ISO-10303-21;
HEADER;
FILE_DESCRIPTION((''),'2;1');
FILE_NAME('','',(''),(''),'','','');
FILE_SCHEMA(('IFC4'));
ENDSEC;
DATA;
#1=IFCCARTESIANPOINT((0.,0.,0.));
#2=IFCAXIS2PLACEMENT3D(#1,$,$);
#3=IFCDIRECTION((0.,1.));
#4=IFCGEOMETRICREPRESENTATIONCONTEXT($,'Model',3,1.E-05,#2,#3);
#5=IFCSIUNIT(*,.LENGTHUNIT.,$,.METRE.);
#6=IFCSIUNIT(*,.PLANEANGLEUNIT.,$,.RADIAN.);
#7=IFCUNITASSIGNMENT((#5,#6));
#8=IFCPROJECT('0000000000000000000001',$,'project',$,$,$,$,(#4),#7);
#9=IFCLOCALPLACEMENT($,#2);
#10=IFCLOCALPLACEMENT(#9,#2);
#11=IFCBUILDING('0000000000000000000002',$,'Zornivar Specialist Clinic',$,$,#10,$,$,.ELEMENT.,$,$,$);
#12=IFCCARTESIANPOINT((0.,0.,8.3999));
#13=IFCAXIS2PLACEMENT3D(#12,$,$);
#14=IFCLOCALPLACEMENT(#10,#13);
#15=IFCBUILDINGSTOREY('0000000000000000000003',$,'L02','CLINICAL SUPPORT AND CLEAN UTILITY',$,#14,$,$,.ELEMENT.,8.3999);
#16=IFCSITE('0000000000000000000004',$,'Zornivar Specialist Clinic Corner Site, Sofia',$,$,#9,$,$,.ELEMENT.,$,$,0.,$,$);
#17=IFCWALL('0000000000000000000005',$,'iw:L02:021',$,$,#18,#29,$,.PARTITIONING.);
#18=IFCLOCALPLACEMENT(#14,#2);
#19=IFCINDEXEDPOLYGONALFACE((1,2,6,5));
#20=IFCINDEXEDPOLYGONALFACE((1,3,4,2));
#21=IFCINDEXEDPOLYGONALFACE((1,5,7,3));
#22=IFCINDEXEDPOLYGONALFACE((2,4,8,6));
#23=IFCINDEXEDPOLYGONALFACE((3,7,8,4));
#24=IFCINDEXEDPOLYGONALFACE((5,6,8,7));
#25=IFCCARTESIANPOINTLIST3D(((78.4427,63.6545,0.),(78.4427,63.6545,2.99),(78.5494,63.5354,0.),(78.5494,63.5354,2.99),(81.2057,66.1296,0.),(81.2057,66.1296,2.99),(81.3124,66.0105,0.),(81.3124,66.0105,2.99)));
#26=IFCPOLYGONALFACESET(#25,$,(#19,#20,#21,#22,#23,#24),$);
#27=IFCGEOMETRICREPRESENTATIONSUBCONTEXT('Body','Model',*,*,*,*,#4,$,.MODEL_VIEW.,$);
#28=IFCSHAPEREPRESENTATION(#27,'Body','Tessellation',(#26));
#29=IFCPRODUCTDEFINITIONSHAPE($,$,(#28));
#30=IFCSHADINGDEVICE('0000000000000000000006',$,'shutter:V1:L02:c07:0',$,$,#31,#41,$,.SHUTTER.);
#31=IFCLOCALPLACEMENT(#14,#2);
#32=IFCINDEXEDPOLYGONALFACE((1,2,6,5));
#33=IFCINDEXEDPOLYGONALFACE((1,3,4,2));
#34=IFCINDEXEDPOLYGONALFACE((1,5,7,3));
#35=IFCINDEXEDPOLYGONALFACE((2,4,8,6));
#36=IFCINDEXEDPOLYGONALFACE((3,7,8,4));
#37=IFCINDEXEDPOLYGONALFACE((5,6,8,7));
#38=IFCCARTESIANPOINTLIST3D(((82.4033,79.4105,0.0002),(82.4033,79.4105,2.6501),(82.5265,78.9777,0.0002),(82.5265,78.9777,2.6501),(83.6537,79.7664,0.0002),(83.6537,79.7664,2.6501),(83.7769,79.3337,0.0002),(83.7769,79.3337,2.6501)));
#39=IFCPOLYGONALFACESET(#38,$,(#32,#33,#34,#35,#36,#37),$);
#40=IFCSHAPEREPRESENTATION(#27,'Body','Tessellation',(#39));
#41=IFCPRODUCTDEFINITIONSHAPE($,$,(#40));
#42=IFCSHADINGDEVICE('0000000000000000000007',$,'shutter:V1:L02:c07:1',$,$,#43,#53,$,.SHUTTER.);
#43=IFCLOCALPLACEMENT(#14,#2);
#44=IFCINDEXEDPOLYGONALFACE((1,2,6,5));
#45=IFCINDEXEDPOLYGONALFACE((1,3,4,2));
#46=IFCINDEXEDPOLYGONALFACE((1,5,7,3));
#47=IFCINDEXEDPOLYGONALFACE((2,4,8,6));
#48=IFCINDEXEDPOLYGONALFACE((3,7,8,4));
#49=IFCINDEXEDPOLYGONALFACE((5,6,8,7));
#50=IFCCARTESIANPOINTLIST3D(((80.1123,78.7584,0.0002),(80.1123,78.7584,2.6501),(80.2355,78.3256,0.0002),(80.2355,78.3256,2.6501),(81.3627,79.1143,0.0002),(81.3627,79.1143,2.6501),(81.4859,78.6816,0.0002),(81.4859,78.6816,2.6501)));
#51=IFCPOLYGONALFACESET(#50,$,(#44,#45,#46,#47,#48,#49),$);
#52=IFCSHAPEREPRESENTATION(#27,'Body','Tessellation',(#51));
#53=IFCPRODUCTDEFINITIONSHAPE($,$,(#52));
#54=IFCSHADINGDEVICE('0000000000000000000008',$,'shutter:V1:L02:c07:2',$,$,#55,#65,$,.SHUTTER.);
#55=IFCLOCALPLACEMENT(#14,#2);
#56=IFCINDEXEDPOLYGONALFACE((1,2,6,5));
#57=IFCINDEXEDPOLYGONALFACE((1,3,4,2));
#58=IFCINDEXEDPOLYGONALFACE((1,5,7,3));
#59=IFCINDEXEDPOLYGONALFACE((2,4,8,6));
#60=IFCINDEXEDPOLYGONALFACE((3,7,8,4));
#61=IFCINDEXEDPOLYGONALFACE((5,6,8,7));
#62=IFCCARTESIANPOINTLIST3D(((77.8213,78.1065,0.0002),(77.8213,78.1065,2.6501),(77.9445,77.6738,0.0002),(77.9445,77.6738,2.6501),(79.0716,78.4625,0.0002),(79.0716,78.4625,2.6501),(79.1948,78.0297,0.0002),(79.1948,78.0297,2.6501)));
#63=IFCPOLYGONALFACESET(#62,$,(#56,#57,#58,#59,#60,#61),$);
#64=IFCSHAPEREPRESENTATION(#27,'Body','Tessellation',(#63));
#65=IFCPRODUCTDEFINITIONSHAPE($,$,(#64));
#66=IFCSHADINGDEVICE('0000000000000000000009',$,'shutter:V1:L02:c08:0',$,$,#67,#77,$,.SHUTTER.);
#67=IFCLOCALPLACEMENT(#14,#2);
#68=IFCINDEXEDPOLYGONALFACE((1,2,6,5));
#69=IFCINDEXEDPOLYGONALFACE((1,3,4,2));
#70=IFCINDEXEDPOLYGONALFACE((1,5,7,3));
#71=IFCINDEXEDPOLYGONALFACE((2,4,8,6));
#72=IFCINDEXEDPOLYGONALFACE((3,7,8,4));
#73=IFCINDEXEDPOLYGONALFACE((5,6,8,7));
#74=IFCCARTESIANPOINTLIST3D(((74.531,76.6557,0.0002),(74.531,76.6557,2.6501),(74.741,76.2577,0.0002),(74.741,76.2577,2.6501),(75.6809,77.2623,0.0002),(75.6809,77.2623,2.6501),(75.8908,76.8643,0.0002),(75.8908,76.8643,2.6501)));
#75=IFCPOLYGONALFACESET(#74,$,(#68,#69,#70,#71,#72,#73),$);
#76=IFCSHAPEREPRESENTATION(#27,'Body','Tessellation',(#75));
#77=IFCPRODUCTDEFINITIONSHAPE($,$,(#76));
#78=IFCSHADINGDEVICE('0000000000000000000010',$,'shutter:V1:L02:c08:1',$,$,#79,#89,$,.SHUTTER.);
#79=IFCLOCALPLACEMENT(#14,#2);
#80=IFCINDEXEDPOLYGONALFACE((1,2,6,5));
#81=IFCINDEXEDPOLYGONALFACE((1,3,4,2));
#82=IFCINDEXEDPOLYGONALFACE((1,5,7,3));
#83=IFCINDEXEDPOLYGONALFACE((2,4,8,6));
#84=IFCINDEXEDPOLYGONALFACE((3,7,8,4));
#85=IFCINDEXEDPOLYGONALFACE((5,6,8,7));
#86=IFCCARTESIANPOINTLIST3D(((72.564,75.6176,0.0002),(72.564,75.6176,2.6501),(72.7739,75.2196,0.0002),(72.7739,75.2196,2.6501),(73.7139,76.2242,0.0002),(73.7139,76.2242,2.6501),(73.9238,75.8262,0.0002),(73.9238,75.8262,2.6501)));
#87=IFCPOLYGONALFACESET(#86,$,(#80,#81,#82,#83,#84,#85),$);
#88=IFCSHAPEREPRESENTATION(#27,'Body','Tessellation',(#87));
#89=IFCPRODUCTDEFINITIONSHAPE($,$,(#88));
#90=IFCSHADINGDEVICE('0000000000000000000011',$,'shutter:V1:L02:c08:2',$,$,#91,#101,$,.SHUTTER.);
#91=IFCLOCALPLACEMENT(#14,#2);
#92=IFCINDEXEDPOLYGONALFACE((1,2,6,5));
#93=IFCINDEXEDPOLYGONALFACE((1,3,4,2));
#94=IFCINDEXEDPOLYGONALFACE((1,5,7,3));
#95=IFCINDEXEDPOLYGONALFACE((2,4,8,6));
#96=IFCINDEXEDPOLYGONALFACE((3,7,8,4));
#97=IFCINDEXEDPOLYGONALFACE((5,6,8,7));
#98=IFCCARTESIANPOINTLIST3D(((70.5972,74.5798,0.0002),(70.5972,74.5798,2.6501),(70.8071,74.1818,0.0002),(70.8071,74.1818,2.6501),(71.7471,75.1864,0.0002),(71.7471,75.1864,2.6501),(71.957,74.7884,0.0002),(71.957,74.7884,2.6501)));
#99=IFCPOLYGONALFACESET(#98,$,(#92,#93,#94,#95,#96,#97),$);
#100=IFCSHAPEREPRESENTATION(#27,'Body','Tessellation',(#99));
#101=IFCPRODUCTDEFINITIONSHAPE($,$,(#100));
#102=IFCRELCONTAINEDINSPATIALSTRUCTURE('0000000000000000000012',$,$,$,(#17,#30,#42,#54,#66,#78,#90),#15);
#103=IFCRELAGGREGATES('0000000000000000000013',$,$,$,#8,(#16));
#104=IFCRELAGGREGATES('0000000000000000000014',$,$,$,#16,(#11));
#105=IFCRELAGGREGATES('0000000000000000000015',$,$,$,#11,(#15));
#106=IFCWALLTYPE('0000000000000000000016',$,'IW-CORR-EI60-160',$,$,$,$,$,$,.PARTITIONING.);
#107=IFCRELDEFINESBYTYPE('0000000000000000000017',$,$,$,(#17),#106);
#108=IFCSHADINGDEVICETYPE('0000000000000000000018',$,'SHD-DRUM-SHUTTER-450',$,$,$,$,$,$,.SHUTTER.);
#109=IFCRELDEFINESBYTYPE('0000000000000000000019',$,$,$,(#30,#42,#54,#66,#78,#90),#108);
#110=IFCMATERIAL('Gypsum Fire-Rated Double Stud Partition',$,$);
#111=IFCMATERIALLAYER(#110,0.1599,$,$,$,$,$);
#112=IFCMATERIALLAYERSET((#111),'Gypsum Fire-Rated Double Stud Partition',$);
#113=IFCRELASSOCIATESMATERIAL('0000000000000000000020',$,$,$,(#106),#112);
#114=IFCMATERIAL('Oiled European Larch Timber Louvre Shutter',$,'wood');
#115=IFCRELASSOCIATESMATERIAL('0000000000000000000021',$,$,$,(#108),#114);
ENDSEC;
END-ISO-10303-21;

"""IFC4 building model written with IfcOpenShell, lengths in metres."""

from ifc_helpers import new_model, si_unit, direction, frame, frame_2d, origin, origin_2d, place, context, subcontext, project, spatial, rectangle, extrude, material, layer, layer_set, type_object, element, save


model = new_model("IFC4")

# Units and contexts
model_context = context("Model", 3, precision=1e-05, world=origin(), true_north=direction((0.0, 1.0)))
body_context = subcontext(model_context, "Body", "Model", "MODEL_VIEW")
ifc_project = project(units=[si_unit("LENGTHUNIT", "METRE"), si_unit("PLANEANGLEUNIT", "RADIAN")], contexts=[model_context])

# Site, building, storey
site_placement = place(None, origin())
site = spatial("IfcSite", under=ifc_project, at=site_placement, Name="Zornivar Specialist Clinic Corner Site, Sofia", CompositionType="ELEMENT", RefElevation=0.0)
building_placement = place(site_placement, origin())
building = spatial("IfcBuilding", under=site, at=building_placement, Name="Zornivar Specialist Clinic", CompositionType="ELEMENT")
storey_placement = place(building_placement, frame((0.0, 0.0, 8.3999)))
storey = spatial("IfcBuildingStorey", under=building, at=storey_placement, Name="L02", Description="CLINICAL SUPPORT AND CLEAN UTILITY", CompositionType="ELEMENT", Elevation=8.3999)

# Wall
ifc_material_1 = material(Name="Gypsum Fire-Rated Double Stud Partition")
ifc_layer_1 = layer(ifc_material_1, 0.1599)
ifc_layer_set_1 = layer_set([ifc_layer_1], Name="Gypsum Fire-Rated Double Stud Partition")
wall_type_1 = type_object("IfcWallType", Name="IW-CORR-EI60-160", PredefinedType="PARTITIONING", material=ifc_layer_set_1)
wall_1_placement = place(storey_placement, frame((81.259, 66.0701, 0.0), z_axis=(0.0, 0.0, 1.0), x_axis=(-0.74484, -0.667243, 0.0)))
element("IfcWall", 1, at=wall_1_placement, inside=storey, type_object=wall_type_1, Name="iw:L02:021", PredefinedType="PARTITIONING", context=body_context, shape_type="SweptSolid", body=[
    extrude(rectangle(XDim=3.7095, YDim=0.1599, at=frame_2d((1.8547, 0.0))), origin(), (0.0, 0.0, 1.0), 2.99),
])

# Shading devices
ifc_material_2 = material(Name="Oiled European Larch Timber Louvre Shutter", Category="wood")
shading_device_type = type_object("IfcShadingDeviceType", Name="SHD-DRUM-SHUTTER-450", PredefinedType="SHUTTER", material=ifc_material_2)
for number, where, z_axis, x_axis, name in (
    (2, (83.0901, 79.3721, 0.0002), (0.0, 0.0, 1.0), (-0.961785, -0.273805, 0.0), "shutter:V1:L02:c07:0"),
    (3, (80.7991, 78.72, 0.0002), (0.0, 0.0, 1.0), (-0.961785, -0.273805, 0.0), "shutter:V1:L02:c07:1"),
    (4, (78.5081, 78.0681, 0.0002), (0.0, 0.0, 1.0), (-0.961785, -0.273805, 0.0), "shutter:V1:L02:c07:2"),
    (5, (75.2109, 76.76, 0.0002), (0.0, 0.0, 1.0), (-0.88447, -0.466597, 0.0), "shutter:V1:L02:c08:0"),
    (6, (73.2439, 75.7219, 0.0002), (0.0, 0.0, 1.0), (-0.88447, -0.466597, 0.0), "shutter:V1:L02:c08:1"),
    (7, (71.2771, 74.6841, 0.0002), (0.0, 0.0, 1.0), (-0.88447, -0.466597, 0.0), "shutter:V1:L02:c08:2"),
):
    element("IfcShadingDevice", number, at=place(storey_placement, frame(where, z_axis=z_axis, x_axis=x_axis)), inside=storey, type_object=shading_device_type, Name=name, PredefinedType="SHUTTER", context=body_context, shape_type="SweptSolid", body=[
        extrude(rectangle(XDim=1.3, YDim=0.45, at=origin_2d()), origin(), (0.0, 0.0, 1.0), 2.6499),
    ])

save(model, "model.ifc")
